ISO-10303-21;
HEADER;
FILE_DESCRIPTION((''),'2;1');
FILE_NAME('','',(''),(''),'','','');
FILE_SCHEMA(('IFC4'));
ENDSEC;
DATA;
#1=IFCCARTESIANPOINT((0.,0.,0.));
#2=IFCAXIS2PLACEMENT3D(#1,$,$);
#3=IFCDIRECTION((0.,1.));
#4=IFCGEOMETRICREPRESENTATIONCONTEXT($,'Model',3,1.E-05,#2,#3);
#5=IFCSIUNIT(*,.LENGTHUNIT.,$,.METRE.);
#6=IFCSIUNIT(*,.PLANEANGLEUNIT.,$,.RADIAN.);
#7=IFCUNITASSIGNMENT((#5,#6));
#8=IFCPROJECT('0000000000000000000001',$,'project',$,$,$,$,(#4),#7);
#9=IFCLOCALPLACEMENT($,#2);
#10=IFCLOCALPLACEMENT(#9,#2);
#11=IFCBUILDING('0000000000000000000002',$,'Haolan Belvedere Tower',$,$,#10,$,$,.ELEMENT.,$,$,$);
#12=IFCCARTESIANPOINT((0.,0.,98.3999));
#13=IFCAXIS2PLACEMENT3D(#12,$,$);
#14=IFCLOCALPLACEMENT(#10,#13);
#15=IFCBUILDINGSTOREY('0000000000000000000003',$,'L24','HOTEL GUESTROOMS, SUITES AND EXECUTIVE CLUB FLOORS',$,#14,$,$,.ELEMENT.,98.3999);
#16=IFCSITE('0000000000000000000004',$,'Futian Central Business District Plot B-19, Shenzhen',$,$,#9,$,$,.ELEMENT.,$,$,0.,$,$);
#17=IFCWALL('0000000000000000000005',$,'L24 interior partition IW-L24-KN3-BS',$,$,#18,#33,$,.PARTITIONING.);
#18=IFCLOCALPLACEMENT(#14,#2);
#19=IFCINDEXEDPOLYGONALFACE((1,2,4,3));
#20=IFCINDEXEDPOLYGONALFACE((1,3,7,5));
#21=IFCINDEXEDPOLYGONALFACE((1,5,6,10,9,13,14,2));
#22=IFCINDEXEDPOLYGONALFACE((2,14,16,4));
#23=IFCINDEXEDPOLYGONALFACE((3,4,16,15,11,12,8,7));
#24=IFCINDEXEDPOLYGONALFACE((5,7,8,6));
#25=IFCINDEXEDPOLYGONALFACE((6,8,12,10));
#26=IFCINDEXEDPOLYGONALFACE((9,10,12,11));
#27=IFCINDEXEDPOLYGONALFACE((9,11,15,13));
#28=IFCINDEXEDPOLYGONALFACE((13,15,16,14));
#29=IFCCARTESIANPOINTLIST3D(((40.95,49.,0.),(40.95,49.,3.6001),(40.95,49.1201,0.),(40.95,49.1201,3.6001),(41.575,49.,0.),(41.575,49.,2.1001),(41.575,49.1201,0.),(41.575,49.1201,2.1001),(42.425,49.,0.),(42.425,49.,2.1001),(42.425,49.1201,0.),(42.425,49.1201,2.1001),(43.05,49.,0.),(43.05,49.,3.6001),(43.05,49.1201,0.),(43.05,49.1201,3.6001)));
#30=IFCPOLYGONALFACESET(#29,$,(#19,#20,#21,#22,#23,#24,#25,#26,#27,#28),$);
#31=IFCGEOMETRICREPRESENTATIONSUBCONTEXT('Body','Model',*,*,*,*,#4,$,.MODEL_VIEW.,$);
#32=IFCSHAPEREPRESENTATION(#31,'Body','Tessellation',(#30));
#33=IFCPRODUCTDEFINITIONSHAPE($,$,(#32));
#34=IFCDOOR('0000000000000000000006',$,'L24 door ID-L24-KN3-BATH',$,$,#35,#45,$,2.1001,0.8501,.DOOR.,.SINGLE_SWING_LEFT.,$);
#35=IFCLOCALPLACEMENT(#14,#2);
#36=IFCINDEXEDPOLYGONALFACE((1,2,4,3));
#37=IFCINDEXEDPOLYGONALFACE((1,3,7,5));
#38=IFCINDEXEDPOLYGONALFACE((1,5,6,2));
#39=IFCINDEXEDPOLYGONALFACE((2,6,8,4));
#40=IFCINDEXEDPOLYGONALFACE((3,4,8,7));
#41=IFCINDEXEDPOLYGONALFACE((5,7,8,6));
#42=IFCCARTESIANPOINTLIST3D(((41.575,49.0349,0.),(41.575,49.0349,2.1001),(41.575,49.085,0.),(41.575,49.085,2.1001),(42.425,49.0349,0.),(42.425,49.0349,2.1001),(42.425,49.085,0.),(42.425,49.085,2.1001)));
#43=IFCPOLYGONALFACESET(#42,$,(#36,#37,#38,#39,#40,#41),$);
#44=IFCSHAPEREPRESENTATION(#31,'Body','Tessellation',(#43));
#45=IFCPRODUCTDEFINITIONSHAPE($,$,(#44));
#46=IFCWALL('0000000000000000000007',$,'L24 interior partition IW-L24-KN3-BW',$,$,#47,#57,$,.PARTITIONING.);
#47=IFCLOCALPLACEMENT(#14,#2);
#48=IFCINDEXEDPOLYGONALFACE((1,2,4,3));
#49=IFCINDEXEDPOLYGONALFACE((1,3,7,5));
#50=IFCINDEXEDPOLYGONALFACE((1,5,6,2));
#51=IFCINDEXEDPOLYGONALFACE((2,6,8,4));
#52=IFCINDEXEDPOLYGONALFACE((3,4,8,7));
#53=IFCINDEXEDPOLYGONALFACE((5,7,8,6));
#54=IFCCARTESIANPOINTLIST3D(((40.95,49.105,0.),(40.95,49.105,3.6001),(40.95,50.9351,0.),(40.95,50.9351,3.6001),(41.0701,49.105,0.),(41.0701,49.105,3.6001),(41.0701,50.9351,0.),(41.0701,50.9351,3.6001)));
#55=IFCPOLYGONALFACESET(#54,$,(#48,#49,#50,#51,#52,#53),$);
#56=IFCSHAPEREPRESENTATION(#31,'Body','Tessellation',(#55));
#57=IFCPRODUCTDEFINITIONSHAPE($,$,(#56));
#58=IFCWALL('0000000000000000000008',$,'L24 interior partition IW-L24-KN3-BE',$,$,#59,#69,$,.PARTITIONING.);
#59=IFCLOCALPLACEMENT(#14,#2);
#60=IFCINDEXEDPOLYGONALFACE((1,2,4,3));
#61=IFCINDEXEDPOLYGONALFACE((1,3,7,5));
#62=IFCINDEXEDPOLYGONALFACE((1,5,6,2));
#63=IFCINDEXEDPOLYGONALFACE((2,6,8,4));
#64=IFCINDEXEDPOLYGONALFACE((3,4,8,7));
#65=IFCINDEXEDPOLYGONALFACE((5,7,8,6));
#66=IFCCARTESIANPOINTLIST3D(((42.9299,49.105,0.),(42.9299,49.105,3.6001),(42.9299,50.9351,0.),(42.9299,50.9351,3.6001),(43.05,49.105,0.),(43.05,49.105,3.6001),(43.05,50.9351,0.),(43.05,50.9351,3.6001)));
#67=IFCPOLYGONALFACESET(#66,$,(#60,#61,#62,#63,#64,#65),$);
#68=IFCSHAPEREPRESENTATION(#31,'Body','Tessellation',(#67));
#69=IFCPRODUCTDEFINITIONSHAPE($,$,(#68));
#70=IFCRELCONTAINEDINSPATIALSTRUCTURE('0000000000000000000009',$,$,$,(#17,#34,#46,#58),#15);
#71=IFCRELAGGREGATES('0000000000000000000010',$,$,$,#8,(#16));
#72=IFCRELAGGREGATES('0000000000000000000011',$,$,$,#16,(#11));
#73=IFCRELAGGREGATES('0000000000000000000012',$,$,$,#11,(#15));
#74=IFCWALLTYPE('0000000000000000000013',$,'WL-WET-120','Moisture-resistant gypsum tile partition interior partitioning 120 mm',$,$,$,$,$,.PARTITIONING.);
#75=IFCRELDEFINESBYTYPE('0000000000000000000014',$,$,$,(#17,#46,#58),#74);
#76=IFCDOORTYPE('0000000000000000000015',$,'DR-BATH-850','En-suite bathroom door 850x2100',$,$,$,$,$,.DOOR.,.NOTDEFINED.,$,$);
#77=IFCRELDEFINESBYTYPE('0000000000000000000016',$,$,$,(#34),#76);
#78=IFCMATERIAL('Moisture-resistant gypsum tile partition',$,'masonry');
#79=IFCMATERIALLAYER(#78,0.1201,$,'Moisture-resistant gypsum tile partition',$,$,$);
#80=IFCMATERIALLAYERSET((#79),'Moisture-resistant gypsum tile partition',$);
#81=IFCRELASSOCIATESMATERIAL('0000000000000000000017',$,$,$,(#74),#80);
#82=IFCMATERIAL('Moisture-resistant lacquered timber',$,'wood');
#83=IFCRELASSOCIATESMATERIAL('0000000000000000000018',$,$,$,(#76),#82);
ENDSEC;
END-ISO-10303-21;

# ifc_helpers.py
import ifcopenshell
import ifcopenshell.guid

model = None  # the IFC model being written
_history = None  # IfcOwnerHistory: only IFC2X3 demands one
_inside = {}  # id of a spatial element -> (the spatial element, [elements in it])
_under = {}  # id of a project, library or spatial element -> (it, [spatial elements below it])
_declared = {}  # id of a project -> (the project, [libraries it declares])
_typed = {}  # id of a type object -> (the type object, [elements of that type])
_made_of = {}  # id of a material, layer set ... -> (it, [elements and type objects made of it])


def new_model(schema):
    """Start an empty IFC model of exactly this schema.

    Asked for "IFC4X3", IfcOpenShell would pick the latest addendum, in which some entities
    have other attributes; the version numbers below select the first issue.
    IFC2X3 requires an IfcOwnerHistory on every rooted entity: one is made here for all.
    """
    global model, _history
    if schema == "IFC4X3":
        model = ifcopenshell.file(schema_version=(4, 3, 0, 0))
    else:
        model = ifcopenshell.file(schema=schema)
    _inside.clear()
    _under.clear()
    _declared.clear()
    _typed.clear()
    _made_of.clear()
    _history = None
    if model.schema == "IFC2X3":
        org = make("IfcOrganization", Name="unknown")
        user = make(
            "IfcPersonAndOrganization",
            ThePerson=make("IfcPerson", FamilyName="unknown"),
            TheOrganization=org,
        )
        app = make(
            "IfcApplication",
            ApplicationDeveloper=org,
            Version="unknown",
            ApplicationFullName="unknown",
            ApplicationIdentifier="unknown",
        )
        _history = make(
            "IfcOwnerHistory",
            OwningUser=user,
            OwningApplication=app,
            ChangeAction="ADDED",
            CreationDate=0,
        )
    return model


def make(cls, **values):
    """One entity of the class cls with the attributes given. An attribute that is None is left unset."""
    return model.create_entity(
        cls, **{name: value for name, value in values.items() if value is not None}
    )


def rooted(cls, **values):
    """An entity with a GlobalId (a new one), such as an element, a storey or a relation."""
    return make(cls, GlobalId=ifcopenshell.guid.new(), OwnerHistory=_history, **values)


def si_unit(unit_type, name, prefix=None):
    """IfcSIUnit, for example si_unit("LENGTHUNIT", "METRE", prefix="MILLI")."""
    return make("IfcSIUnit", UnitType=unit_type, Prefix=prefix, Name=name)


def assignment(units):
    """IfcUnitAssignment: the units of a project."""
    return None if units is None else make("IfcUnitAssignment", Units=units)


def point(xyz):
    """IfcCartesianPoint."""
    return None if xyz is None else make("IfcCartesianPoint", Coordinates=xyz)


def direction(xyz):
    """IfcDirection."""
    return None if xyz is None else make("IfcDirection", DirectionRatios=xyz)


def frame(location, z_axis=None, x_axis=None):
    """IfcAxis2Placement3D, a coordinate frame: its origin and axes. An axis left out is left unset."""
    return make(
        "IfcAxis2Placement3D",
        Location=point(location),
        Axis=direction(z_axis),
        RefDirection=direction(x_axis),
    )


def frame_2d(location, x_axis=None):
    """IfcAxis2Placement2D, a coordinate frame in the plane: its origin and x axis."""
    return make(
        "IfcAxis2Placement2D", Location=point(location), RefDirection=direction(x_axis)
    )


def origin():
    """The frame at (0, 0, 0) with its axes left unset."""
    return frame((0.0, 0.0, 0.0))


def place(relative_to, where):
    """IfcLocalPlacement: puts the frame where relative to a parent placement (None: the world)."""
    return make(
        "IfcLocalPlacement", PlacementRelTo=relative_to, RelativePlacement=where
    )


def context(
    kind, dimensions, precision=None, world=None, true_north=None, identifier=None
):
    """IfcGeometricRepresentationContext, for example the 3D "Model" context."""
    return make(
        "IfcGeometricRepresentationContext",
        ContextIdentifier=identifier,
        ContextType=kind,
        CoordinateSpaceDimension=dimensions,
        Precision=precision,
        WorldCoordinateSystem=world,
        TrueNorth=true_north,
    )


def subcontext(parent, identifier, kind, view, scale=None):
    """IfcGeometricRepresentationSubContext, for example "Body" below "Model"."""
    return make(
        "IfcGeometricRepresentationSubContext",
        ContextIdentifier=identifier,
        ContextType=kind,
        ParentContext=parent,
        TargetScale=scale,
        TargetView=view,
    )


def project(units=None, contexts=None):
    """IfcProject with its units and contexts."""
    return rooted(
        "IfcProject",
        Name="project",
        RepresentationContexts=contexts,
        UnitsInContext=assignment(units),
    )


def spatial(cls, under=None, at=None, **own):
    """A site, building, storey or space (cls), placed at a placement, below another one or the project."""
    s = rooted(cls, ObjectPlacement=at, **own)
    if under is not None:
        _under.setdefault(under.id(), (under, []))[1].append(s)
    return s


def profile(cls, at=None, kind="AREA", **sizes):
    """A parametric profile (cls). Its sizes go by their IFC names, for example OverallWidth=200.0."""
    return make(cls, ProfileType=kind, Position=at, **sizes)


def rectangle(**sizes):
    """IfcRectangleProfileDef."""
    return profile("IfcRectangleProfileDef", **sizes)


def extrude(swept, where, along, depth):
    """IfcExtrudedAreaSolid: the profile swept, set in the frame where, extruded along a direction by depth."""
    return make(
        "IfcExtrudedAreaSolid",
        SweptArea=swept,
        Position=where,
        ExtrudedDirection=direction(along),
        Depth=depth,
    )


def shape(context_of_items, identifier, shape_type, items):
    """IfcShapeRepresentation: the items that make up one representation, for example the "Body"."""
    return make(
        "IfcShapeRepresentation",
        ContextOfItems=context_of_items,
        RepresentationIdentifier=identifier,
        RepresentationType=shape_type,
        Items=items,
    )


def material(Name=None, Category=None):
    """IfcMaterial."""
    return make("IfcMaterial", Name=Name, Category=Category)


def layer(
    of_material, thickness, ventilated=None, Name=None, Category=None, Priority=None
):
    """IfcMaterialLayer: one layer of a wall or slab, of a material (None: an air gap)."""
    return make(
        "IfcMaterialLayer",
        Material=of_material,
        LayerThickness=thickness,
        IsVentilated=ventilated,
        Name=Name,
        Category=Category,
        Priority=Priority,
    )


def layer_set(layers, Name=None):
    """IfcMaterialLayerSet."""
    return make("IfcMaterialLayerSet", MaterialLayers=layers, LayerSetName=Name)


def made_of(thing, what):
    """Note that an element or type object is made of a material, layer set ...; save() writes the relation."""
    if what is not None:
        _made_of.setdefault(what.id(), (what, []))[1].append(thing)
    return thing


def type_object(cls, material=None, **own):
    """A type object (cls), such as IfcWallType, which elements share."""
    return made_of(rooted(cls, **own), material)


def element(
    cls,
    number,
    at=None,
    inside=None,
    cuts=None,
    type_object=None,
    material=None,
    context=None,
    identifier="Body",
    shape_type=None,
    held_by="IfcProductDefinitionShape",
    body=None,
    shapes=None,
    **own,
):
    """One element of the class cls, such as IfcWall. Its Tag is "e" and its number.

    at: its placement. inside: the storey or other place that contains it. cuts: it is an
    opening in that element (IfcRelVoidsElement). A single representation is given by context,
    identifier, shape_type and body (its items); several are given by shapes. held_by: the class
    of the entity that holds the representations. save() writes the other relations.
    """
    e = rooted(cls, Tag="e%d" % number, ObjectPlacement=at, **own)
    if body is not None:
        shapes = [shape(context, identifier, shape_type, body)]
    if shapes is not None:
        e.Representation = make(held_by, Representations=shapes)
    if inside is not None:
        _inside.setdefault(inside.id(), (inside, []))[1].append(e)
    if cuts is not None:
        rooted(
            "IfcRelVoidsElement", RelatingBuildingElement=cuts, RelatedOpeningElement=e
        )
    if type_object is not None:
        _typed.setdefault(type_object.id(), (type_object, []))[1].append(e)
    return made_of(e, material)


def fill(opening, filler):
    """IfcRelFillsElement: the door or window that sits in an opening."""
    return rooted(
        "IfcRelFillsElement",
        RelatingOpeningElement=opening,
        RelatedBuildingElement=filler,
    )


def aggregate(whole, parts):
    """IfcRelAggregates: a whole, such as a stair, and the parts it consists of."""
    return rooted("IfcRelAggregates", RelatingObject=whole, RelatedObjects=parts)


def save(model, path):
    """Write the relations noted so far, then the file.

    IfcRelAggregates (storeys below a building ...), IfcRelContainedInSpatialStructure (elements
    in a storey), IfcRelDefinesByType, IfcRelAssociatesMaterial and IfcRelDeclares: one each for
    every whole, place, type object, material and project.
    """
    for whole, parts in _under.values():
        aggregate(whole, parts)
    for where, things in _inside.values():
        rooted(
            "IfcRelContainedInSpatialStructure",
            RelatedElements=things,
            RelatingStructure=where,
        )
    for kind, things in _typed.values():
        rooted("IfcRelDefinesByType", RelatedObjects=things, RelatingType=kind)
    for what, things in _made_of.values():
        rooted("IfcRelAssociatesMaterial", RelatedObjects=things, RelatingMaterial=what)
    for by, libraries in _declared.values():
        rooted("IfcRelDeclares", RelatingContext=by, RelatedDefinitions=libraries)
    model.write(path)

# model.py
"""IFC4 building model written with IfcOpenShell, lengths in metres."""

from ifc_helpers import new_model, si_unit, direction, frame, frame_2d, origin, place, context, subcontext, project, spatial, rectangle, extrude, material, layer, layer_set, type_object, element, fill, save


model = new_model("IFC4")

# Units and contexts
model_context = context("Model", 3, precision=1e-05, world=origin(), true_north=direction((0.0, 1.0)))
body_context = subcontext(model_context, "Body", "Model", "MODEL_VIEW")
ifc_project = project(units=[si_unit("LENGTHUNIT", "METRE"), si_unit("PLANEANGLEUNIT", "RADIAN")], contexts=[model_context])

# Site, building, storey
site_placement = place(None, origin())
site = spatial("IfcSite", under=ifc_project, at=site_placement, Name="Futian Central Business District Plot B-19, Shenzhen", CompositionType="ELEMENT", RefElevation=0.0)
building_placement = place(site_placement, origin())
building = spatial("IfcBuilding", under=site, at=building_placement, Name="Haolan Belvedere Tower", CompositionType="ELEMENT")
storey_placement = place(building_placement, frame((0.0, 0.0, 98.3999)))
storey = spatial("IfcBuildingStorey", under=building, at=storey_placement, Name="L24", Description="HOTEL GUESTROOMS, SUITES AND EXECUTIVE CLUB FLOORS", CompositionType="ELEMENT", Elevation=98.3999)

# Shared definitions
ifc_material_1 = material(Name="Moisture-resistant gypsum tile partition", Category="masonry")
ifc_layer_1 = layer(ifc_material_1, 0.1201, Name="Moisture-resistant gypsum tile partition")
ifc_layer_set_1 = layer_set([ifc_layer_1], Name="Moisture-resistant gypsum tile partition")
wall_type_1 = type_object("IfcWallType", Name="WL-WET-120", Description="Moisture-resistant gypsum tile partition interior partitioning 120 mm", PredefinedType="PARTITIONING", material=ifc_layer_set_1)

# Wall, opening, door
wall_1_placement = place(storey_placement, frame((40.95, 49.0601, 0.0), z_axis=(0.0, 0.0, 1.0), x_axis=(1.0, 0.0, 0.0)))
wall_1 = element("IfcWall", 1, at=wall_1_placement, inside=storey, type_object=wall_type_1, Name="L24 interior partition IW-L24-KN3-BS", PredefinedType="PARTITIONING", context=body_context, shape_type="SweptSolid", body=[
    extrude(rectangle(XDim=2.1001, YDim=0.1201, at=frame_2d((1.05, 0.0))), origin(), (0.0, 0.0, 1.0), 3.6001),
])
opening_1_placement = place(wall_1_placement, frame((0.625, 0.0, 0.0)))
opening_1 = element("IfcOpeningElement", 2, at=opening_1_placement, cuts=wall_1, PredefinedType="OPENING", context=body_context, shape_type="SweptSolid", body=[
    extrude(rectangle(XDim=0.8501, YDim=2.1001, at=frame_2d((0.425, 1.05))), frame((0.0, 0.0701, 0.0), z_axis=(0.0, -1.0, 0.0), x_axis=(1.0, 0.0, 0.0)), (0.0, 0.0, 1.0), 0.1401),
])
ifc_material_2 = material(Name="Moisture-resistant lacquered timber", Category="wood")
door_type_1 = type_object("IfcDoorType", Name="DR-BATH-850", Description="En-suite bathroom door 850x2100", OperationType="NOTDEFINED", PredefinedType="DOOR", material=ifc_material_2)
door_1_placement = place(opening_1_placement, origin())
door_1 = element("IfcDoor", 3, at=door_1_placement, inside=storey, type_object=door_type_1, Name="L24 door ID-L24-KN3-BATH", OperationType="SINGLE_SWING_LEFT", OverallHeight=2.1001, OverallWidth=0.8501, PredefinedType="DOOR", context=body_context, shape_type="SweptSolid", body=[
    extrude(rectangle(XDim=0.8501, YDim=2.1001, at=frame_2d((0.425, 1.05))), frame((0.0, 0.0249, 0.0), z_axis=(0.0, -1.0, 0.0), x_axis=(1.0, 0.0, 0.0)), (0.0, 0.0, 1.0), 0.05),
])
fill(opening_1, door_1)

# Walls
for number, where, z_axis, x_axis, name in (
    (4, (41.01, 49.105, 0.0), (0.0, 0.0, 1.0), (0.0, 1.0, 0.0), "L24 interior partition IW-L24-KN3-BW"),
    (5, (42.99, 49.105, 0.0), (0.0, 0.0, 1.0), (0.0, 1.0, 0.0), "L24 interior partition IW-L24-KN3-BE"),
):
    element("IfcWall", number, at=place(storey_placement, frame(where, z_axis=z_axis, x_axis=x_axis)), inside=storey, type_object=wall_type_1, Name=name, PredefinedType="PARTITIONING", context=body_context, shape_type="SweptSolid", body=[
        extrude(rectangle(XDim=1.8301, YDim=0.1201, at=frame_2d((0.915, 0.0))), origin(), (0.0, 0.0, 1.0), 3.6001),
    ])

save(model, "model.ifc")
